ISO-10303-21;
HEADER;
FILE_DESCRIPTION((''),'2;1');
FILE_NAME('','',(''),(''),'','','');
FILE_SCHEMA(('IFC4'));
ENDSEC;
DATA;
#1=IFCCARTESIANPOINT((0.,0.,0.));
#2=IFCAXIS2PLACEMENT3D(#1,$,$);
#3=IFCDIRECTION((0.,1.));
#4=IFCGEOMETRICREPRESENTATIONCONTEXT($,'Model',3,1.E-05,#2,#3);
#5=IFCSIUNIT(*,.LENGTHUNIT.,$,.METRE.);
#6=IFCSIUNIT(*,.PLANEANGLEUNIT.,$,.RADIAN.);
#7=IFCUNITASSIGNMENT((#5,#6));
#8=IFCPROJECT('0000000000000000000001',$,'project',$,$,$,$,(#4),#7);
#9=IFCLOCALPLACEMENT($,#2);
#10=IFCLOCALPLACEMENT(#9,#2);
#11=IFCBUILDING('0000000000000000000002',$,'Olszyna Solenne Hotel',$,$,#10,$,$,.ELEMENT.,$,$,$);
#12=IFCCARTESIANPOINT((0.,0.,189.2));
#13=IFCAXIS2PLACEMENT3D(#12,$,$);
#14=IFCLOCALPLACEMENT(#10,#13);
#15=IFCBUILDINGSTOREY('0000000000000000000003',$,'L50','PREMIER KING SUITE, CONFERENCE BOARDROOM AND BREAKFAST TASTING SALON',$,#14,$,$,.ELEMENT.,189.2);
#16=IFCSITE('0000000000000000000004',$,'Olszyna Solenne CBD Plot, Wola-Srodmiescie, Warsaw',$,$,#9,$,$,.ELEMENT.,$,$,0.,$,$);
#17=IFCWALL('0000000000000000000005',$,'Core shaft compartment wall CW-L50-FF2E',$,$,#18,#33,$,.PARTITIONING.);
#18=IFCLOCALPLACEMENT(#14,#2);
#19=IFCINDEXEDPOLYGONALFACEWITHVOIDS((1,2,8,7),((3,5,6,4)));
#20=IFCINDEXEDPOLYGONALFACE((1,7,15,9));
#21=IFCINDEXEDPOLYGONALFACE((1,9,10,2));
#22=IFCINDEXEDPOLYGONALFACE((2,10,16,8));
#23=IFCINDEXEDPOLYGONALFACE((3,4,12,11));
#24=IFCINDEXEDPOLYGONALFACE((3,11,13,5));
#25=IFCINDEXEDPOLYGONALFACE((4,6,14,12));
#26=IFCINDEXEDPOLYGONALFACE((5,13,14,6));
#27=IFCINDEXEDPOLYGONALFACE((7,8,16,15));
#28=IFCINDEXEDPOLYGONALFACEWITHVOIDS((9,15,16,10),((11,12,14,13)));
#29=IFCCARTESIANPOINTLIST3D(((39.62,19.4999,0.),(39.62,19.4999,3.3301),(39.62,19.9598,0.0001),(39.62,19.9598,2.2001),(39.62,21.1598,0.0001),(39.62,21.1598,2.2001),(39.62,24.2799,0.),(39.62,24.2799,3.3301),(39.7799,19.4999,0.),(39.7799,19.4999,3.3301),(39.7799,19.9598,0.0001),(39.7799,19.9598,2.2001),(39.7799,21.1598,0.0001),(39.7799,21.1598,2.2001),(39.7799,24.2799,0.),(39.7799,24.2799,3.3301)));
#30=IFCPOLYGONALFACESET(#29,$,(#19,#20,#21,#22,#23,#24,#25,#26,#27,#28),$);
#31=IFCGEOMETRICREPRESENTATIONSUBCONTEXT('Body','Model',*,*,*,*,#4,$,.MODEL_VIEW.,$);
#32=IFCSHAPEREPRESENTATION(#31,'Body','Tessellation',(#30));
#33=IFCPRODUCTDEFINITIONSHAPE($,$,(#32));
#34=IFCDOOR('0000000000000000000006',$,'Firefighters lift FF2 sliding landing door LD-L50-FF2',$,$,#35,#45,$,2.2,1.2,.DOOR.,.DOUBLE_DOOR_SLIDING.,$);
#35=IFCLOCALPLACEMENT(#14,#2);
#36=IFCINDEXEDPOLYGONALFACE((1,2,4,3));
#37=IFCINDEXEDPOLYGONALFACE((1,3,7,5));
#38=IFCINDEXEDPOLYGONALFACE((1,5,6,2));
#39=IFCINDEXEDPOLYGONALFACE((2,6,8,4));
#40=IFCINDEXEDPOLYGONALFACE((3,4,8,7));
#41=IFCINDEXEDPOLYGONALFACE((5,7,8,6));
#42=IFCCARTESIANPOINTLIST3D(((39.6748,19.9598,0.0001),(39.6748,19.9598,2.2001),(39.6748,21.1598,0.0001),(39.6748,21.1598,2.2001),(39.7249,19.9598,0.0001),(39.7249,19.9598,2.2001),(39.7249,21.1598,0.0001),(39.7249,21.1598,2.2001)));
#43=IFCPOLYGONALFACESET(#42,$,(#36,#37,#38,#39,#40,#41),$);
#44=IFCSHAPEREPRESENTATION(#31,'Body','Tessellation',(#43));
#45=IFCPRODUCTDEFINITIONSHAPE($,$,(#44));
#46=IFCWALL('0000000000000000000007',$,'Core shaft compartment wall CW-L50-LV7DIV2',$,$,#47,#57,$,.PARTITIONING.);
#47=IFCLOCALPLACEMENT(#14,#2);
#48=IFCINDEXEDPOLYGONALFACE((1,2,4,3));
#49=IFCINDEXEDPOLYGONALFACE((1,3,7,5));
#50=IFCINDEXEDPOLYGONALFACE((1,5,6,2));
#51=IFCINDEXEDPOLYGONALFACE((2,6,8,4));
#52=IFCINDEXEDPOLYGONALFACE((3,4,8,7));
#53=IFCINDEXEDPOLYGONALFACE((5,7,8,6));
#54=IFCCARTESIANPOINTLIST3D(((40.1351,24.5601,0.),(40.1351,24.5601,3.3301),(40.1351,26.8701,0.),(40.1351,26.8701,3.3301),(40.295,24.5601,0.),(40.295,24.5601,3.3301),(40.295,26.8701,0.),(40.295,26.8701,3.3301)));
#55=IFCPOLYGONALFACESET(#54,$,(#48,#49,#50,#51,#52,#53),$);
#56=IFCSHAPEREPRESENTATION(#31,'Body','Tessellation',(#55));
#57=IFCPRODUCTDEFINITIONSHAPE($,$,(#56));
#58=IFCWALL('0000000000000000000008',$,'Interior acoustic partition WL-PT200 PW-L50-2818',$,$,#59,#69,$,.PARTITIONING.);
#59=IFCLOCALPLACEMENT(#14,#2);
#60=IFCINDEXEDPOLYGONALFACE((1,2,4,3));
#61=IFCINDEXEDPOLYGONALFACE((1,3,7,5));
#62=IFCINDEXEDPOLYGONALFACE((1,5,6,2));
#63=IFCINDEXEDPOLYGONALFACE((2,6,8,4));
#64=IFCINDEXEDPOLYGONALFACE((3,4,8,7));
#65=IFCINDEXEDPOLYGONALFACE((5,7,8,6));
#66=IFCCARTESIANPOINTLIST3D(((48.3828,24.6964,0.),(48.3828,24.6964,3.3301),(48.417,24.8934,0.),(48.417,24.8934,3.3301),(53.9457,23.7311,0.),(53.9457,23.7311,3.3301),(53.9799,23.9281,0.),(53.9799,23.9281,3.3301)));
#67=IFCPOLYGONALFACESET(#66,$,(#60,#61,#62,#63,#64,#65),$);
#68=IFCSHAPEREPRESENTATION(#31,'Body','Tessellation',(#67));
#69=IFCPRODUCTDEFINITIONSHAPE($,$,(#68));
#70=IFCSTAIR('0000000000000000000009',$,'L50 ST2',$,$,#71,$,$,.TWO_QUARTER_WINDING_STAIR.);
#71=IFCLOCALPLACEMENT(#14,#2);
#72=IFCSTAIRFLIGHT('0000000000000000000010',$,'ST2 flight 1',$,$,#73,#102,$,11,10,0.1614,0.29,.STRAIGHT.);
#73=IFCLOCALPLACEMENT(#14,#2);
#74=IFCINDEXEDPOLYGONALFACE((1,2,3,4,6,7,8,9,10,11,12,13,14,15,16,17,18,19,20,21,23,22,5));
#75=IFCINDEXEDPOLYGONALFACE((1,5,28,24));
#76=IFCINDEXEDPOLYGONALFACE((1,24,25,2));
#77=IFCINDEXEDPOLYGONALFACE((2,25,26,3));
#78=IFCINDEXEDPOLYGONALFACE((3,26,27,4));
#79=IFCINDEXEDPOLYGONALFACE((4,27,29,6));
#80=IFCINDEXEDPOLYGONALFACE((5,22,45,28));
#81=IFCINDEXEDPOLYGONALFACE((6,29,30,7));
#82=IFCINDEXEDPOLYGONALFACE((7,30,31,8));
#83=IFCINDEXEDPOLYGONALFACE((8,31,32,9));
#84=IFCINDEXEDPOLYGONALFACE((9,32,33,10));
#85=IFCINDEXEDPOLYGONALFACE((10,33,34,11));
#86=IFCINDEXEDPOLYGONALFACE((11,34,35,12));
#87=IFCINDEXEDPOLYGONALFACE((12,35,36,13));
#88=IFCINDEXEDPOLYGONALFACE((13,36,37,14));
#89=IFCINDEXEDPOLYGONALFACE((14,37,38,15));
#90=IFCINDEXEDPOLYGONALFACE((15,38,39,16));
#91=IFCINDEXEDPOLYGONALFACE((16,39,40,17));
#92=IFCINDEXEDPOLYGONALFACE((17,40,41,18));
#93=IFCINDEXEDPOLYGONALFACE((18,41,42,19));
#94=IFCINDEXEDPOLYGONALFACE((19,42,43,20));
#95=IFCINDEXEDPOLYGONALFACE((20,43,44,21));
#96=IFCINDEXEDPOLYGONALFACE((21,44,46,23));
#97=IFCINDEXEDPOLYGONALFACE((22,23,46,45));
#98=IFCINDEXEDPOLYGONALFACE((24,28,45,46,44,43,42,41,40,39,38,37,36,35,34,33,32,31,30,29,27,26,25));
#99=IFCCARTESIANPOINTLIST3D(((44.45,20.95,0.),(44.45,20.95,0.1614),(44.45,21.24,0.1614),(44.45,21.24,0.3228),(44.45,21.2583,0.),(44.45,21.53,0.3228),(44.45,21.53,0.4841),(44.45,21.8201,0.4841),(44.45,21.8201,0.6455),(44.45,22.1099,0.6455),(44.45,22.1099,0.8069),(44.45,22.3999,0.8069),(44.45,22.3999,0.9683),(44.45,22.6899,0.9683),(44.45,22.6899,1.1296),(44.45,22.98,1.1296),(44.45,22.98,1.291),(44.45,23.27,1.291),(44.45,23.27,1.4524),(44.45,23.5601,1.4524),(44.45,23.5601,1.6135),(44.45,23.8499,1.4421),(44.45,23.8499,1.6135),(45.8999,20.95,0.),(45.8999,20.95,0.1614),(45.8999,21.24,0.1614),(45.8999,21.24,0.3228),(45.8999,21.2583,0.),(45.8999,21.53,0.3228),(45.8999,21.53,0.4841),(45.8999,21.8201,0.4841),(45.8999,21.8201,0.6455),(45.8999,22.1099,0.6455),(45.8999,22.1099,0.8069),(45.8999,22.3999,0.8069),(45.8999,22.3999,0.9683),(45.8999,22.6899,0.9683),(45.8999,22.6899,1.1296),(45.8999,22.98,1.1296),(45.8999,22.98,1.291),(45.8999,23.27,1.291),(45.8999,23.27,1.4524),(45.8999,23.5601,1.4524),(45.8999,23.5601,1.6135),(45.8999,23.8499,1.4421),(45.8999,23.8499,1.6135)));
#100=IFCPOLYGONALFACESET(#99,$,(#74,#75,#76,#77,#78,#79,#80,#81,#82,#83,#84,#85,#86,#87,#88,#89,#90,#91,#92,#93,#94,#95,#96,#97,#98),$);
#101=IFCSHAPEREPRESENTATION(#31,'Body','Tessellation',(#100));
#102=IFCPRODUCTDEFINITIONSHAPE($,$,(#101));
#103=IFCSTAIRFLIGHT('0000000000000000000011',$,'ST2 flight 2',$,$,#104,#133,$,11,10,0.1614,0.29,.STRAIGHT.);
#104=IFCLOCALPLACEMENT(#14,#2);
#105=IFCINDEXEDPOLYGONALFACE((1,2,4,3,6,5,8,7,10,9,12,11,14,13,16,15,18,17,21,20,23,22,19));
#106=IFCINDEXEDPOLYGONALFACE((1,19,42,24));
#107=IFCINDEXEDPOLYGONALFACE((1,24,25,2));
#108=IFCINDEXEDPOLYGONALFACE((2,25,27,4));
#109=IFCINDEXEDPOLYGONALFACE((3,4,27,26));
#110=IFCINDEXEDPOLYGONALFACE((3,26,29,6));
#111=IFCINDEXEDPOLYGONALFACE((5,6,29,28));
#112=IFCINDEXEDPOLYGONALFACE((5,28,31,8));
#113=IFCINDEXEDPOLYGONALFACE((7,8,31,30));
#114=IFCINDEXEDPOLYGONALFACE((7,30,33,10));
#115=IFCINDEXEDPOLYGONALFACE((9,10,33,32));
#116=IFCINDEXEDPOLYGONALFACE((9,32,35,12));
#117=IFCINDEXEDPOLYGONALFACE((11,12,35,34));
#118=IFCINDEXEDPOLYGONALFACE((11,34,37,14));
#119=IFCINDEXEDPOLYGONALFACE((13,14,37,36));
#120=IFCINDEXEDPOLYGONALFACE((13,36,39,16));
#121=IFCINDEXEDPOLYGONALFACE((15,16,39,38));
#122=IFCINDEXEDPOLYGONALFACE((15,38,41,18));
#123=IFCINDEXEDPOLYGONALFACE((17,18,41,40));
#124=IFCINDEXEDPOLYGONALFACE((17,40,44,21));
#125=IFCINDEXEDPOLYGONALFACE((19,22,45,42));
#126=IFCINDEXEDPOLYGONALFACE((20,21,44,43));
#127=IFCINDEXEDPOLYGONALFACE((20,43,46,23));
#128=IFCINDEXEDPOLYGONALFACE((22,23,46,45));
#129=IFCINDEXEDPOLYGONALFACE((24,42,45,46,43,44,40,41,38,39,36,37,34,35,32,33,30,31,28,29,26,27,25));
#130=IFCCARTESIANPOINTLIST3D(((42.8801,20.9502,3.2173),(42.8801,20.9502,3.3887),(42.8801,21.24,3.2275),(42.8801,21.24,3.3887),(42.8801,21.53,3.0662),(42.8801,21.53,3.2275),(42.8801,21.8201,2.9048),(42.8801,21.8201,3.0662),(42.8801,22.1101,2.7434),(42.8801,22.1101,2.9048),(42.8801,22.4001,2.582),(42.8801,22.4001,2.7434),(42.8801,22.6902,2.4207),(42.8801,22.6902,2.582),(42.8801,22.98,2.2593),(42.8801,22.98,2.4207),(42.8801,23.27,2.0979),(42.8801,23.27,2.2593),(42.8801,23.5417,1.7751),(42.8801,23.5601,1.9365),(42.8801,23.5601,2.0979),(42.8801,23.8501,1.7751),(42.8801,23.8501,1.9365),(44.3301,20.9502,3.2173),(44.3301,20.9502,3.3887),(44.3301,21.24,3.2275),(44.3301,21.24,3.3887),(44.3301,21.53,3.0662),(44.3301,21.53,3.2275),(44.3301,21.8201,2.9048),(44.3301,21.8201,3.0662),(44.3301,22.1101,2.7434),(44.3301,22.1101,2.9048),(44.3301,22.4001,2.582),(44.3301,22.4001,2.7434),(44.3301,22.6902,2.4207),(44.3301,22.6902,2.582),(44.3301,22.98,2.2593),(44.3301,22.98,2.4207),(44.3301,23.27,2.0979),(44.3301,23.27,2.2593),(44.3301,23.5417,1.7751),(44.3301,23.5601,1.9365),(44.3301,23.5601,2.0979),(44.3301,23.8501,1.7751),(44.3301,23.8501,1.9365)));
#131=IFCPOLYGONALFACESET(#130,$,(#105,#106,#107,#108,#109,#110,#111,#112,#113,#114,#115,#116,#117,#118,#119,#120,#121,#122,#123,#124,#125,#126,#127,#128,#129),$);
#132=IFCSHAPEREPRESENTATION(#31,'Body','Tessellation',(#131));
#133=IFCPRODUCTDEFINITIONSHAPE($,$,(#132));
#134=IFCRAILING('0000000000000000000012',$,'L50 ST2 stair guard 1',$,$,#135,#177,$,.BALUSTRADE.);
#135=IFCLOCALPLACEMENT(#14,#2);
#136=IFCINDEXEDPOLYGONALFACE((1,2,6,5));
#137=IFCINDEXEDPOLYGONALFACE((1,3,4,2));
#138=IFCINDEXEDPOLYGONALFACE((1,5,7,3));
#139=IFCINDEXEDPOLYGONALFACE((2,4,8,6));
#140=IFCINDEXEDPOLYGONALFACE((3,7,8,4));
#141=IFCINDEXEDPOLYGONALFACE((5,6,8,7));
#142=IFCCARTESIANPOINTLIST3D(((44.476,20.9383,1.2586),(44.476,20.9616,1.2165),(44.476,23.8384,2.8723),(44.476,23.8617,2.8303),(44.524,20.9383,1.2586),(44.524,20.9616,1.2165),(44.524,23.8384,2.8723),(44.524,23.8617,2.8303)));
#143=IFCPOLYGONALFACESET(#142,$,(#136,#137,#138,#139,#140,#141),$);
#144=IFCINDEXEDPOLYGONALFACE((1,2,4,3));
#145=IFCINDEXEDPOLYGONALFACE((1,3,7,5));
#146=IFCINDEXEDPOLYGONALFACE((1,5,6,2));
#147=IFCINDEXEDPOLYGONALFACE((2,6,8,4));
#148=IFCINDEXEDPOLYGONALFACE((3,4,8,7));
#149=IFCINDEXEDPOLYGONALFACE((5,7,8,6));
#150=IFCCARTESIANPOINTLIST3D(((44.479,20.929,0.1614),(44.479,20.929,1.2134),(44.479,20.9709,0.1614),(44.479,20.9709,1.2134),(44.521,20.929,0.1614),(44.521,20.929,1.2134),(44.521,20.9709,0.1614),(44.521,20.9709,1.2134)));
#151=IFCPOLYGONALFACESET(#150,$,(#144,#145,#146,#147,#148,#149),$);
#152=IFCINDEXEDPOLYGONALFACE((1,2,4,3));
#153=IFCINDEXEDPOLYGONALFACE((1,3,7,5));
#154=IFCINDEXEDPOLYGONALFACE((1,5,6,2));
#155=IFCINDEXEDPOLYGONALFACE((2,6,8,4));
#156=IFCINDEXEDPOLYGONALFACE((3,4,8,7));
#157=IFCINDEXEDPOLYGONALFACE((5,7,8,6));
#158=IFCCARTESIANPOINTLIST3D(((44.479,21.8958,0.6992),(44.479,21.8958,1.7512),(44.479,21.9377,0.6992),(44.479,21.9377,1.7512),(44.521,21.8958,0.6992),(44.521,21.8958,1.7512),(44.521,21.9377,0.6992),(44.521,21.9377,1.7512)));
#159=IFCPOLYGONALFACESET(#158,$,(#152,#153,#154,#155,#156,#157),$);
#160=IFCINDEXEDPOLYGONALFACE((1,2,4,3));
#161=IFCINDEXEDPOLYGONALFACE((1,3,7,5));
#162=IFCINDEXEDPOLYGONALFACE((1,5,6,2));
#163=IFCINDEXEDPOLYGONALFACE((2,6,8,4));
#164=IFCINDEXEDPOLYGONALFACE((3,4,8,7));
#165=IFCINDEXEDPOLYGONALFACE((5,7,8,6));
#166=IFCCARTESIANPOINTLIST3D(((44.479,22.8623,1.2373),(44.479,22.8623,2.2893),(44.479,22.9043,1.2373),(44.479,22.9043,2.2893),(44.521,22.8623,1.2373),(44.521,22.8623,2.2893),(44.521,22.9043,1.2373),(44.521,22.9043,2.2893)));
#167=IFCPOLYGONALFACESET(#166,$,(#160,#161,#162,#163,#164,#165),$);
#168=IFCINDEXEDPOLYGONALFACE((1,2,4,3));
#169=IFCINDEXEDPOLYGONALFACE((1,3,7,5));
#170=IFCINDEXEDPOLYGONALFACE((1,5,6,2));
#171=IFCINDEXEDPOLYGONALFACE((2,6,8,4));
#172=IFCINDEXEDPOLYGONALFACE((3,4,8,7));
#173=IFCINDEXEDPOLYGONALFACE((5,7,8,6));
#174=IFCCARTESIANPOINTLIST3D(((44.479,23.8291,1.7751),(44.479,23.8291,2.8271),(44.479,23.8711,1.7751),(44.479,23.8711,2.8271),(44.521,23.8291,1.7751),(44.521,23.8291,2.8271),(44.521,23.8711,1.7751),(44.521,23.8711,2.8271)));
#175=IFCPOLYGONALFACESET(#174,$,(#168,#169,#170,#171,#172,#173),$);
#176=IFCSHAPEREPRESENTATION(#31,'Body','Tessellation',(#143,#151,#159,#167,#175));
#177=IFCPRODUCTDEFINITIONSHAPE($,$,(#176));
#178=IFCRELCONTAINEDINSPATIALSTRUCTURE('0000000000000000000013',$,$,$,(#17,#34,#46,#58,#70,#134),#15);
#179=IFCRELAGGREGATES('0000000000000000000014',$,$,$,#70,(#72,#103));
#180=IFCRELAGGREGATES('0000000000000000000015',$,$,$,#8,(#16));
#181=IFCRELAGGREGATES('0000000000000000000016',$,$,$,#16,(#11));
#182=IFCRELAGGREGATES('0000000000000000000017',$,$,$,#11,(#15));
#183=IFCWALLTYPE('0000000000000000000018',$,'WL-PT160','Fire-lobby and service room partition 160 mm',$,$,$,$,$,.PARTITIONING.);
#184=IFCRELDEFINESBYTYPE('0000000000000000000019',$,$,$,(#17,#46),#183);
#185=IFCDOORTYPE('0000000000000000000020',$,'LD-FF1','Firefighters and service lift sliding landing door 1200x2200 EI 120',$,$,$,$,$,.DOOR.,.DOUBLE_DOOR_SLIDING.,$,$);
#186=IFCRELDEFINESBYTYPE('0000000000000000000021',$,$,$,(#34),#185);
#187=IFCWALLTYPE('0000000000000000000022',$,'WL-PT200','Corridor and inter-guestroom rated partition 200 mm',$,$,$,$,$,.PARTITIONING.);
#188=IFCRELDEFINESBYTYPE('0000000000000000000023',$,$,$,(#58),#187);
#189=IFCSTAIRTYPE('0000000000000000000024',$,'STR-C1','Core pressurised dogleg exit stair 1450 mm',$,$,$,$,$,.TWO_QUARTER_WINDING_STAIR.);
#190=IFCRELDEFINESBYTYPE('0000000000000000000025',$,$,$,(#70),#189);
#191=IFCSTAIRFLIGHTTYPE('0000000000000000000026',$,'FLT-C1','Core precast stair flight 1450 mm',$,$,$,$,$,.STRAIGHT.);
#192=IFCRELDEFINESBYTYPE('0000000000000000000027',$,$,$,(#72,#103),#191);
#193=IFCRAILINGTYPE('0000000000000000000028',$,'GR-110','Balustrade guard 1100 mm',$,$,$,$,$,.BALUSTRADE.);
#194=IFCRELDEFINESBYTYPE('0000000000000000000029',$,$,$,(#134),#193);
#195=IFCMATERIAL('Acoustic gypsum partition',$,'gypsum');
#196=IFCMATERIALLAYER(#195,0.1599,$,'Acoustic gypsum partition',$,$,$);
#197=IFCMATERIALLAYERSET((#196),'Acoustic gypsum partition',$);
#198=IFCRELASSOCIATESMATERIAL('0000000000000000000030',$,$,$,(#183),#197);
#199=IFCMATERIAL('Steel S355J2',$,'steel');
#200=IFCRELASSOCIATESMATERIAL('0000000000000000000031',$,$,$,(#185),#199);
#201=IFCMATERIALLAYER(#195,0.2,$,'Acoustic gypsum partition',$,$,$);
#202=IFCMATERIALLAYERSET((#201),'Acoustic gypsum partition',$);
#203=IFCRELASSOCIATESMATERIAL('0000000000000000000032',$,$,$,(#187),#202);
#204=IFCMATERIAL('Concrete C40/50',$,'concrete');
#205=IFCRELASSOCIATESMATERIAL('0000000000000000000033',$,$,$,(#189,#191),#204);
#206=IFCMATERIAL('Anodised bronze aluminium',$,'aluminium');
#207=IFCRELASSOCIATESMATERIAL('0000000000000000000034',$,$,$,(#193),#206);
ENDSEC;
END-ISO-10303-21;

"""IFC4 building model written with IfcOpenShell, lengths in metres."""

from ifc_helpers import new_model, si_unit, direction, frame, frame_2d, origin, origin_2d, place, context, subcontext, project, spatial, polyline, rectangle, outline, extrude, source, transform, mapped, material, layer, layer_set, type_object, type_shapes, element, fill, aggregate, save


model = new_model("IFC4")

# Units and contexts
model_context = context("Model", 3, precision=1e-05, world=origin(), true_north=direction((0.0, 1.0)))
body_context = subcontext(model_context, "Body", "Model", "MODEL_VIEW")
ifc_project = project(units=[si_unit("LENGTHUNIT", "METRE"), si_unit("PLANEANGLEUNIT", "RADIAN")], contexts=[model_context])

# Site, building, storey
site_placement = place(None, origin())
site = spatial("IfcSite", under=ifc_project, at=site_placement, Name="Olszyna Solenne CBD Plot, Wola-Srodmiescie, Warsaw", CompositionType="ELEMENT", RefElevation=0.0)
building_placement = place(site_placement, origin())
building = spatial("IfcBuilding", under=site, at=building_placement, Name="Olszyna Solenne Hotel", CompositionType="ELEMENT")
storey_placement = place(building_placement, frame((0.0, 0.0, 189.2)))
storey = spatial("IfcBuildingStorey", under=building, at=storey_placement, Name="L50", Description="PREMIER KING SUITE, CONFERENCE BOARDROOM AND BREAKFAST TASTING SALON", CompositionType="ELEMENT", Elevation=189.2)

# Shared definitions
ifc_material_1 = material(Name="Steel S355J2", Category="steel")

# Shared definitions
ifc_material_2 = material(Name="Anodised bronze aluminium", Category="aluminium")

# Shared definitions
ifc_material_3 = material(Name="Acoustic gypsum partition", Category="gypsum")

# Wall, opening, door
ifc_layer_1 = layer(ifc_material_3, 0.1599, Name="Acoustic gypsum partition")
ifc_layer_set_1 = layer_set([ifc_layer_1], Name="Acoustic gypsum partition")
wall_type_1 = type_object("IfcWallType", Name="WL-PT160", Description="Fire-lobby and service room partition 160 mm", PredefinedType="PARTITIONING", material=ifc_layer_set_1)
wall_1_placement = place(storey_placement, frame((39.7, 24.28, 0.0), z_axis=(0.0, 0.0, 1.0), x_axis=(0.0, -1.0, 0.0)))
wall_1 = element("IfcWall", 1, at=wall_1_placement, inside=storey, type_object=wall_type_1, Name="Core shaft compartment wall CW-L50-FF2E", PredefinedType="PARTITIONING", context=body_context, shape_type="SweptSolid", body=[
    extrude(rectangle(XDim=4.78, YDim=0.1599, at=frame_2d((2.3901, 0.0))), origin(), (0.0, 0.0, 1.0), 3.3301),
])
opening_1_placement = place(wall_1_placement, frame((3.1201, 0.0, 0.0)))
opening_1 = element("IfcOpeningElement", 2, at=opening_1_placement, cuts=wall_1, PredefinedType="OPENING", context=body_context, shape_type="SweptSolid", body=[
    extrude(rectangle(XDim=1.2, YDim=2.2, at=frame_2d((0.6001, 1.1001))), frame((0.0, 0.0898, 0.0), z_axis=(0.0, -1.0, 0.0), x_axis=(1.0, 0.0, 0.0)), (0.0, 0.0, 1.0), 0.1799),
])
door_type_1 = type_object("IfcDoorType", Name="LD-FF1", Description="Firefighters and service lift sliding landing door 1200x2200 EI 120", OperationType="DOUBLE_DOOR_SLIDING", PredefinedType="DOOR", material=ifc_material_1)
shared_shape_1 = source(origin(), body_context, "Body", "SweptSolid", [
    extrude(rectangle(XDim=1.2, YDim=2.2, at=frame_2d((0.6001, 1.1001))), frame((0.0, 0.0249, 0.0), z_axis=(0.0, -1.0, 0.0), x_axis=(1.0, 0.0, 0.0)), (0.0, 0.0, 1.0), 0.05),
])
type_shapes(door_type_1, [shared_shape_1])
door_1_placement = place(opening_1_placement, origin())
door_1 = element("IfcDoor", 3, at=door_1_placement, inside=storey, type_object=door_type_1, Name="Firefighters lift FF2 sliding landing door LD-L50-FF2", OperationType="DOUBLE_DOOR_SLIDING", OverallHeight=2.2, OverallWidth=1.2, PredefinedType="DOOR", context=body_context, shape_type="MappedRepresentation", body=[
    mapped(shared_shape_1, transform((0.0, 0.0, 0.0), x_axis=(1.0, 0.0, 0.0), y_axis=(0.0, 1.0, 0.0), z_axis=(0.0, 0.0, 1.0), scale=1.0)),
])
fill(opening_1, door_1)

# Walls
wall_2_placement = place(storey_placement, frame((40.2151, 24.5601, 0.0), z_axis=(0.0, 0.0, 1.0), x_axis=(0.0, 1.0, 0.0)))
element("IfcWall", 4, at=wall_2_placement, inside=storey, type_object=wall_type_1, Name="Core shaft compartment wall CW-L50-LV7DIV2", PredefinedType="PARTITIONING", context=body_context, shape_type="SweptSolid", body=[
    extrude(rectangle(XDim=2.3101, YDim=0.1599, at=frame_2d((1.155, 0.0))), origin(), (0.0, 0.0, 1.0), 3.3301),
])
ifc_layer_2 = layer(ifc_material_3, 0.2, Name="Acoustic gypsum partition")
ifc_layer_set_2 = layer_set([ifc_layer_2], Name="Acoustic gypsum partition")
wall_type_2 = type_object("IfcWallType", Name="WL-PT200", Description="Corridor and inter-guestroom rated partition 200 mm", PredefinedType="PARTITIONING", material=ifc_layer_set_2)
wall_3_placement = place(storey_placement, frame((48.3999, 24.7949, 0.0), z_axis=(0.0, 0.0, 1.0), x_axis=(0.985275, -0.17098, 0.0)))
element("IfcWall", 5, at=wall_3_placement, inside=storey, type_object=wall_type_2, Name="Interior acoustic partition WL-PT200 PW-L50-2818", PredefinedType="PARTITIONING", context=body_context, shape_type="SweptSolid", body=[
    extrude(rectangle(XDim=5.646, YDim=0.2, at=frame_2d((2.823, 0.0))), origin(), (0.0, 0.0, 1.0), 3.3301),
])

# Stair, stair flights
ifc_material_4 = material(Name="Concrete C40/50", Category="concrete")
stair_type = type_object("IfcStairType", Name="STR-C1", Description="Core pressurised dogleg exit stair 1450 mm", PredefinedType="TWO_QUARTER_WINDING_STAIR", material=ifc_material_4)
stair_placement = place(storey_placement, origin())
stair = element("IfcStair", 6, at=stair_placement, inside=storey, type_object=stair_type, Name="L50 ST2", PredefinedType="TWO_QUARTER_WINDING_STAIR")
stair_flight_type = type_object("IfcStairFlightType", Name="FLT-C1", Description="Core precast stair flight 1450 mm", PredefinedType="STRAIGHT", material=ifc_material_4)
stair_flight_1_placement = place(storey_placement, frame((45.175, 20.95, 0.0), z_axis=(0.0, 0.0, 1.0), x_axis=(0.0, 1.0, 0.0)))
stair_flight_1 = element("IfcStairFlight", 7, at=stair_flight_1_placement, type_object=stair_flight_type, Name="ST2 flight 1", NumberOfRisers=11, NumberOfTreads=10, PredefinedType="STRAIGHT", RiserHeight=0.1614, TreadLength=0.29, context=body_context, shape_type="SweptSolid", body=[
    extrude(outline(polyline([(0.0, 0.0), (0.0, 0.1614), (0.29, 0.1614), (0.29, 0.3228), (0.5801, 0.3228), (0.5801, 0.4841), (0.8701, 0.4841), (0.8701, 0.6455), (1.1599, 0.6455), (1.1599, 0.8069), (1.45, 0.8069), (1.45, 0.9683), (1.74, 0.9683), (1.74, 1.1296), (2.03, 1.1296), (2.03, 1.291), (2.3201, 1.291), (2.3201, 1.4524), (2.6101, 1.4524), (2.6101, 1.6135), (2.8999, 1.6135), (2.8999, 1.7749), (2.8999, 1.4421), (0.3083, 0.0), (0.0, 0.0)])), frame((0.0, 0.7251, 0.0), z_axis=(0.0, -1.0, 0.0), x_axis=(1.0, 0.0, 0.0)), (0.0, 0.0, 1.0), 1.45),
])
stair_flight_2_placement = place(storey_placement, frame((43.605, 23.8501, 1.7751), z_axis=(0.0, 0.0, 1.0), x_axis=(0.0, -1.0, 0.0)))
stair_flight_2 = element("IfcStairFlight", 8, at=stair_flight_2_placement, type_object=stair_flight_type, Name="ST2 flight 2", NumberOfRisers=11, NumberOfTreads=10, PredefinedType="STRAIGHT", RiserHeight=0.1614, TreadLength=0.29, context=body_context, shape_type="SweptSolid", body=[
    extrude(outline(polyline([(0.0, 0.0), (0.0, 0.1614), (0.29, 0.1614), (0.29, 0.3228), (0.5801, 0.3228), (0.5801, 0.4841), (0.8701, 0.4841), (0.8701, 0.6455), (1.1599, 0.6455), (1.1599, 0.8069), (1.45, 0.8069), (1.45, 0.9683), (1.74, 0.9683), (1.74, 1.1296), (2.03, 1.1296), (2.03, 1.291), (2.3201, 1.291), (2.3201, 1.4524), (2.6101, 1.4524), (2.6101, 1.6135), (2.8999, 1.6135), (2.8999, 1.7749), (2.8999, 1.4421), (0.3083, 0.0), (0.0, 0.0)])), frame((0.0, 0.7251, 0.0), z_axis=(0.0, -1.0, 0.0), x_axis=(1.0, 0.0, 0.0)), (0.0, 0.0, 1.0), 1.45),
])
aggregate(stair, [stair_flight_1, stair_flight_2])

# Railing
railing_type_1 = type_object("IfcRailingType", Name="GR-110", Description="Balustrade guard 1100 mm", PredefinedType="BALUSTRADE", material=ifc_material_2)
railing_1_placement = place(storey_placement, frame((44.5, 20.95, 0.1614)))
element("IfcRailing", 9, at=railing_1_placement, inside=storey, type_object=railing_type_1, Name="L50 ST2 stair guard 1", PredefinedType="BALUSTRADE", context=body_context, shape_type="SweptSolid", body=[
    extrude(rectangle(XDim=0.0481, YDim=0.0481, at=origin_2d()), frame((0.0, 0.0, 1.0762), z_axis=(0.0, 0.873827, 0.486236), x_axis=(-1.0, 0.0, 0.0)), (0.0, 0.0, 1.0), 3.3188),
    extrude(rectangle(XDim=0.042, YDim=0.042, at=origin_2d()), origin(), (0.0, 0.0, 1.0), 1.052),
    extrude(rectangle(XDim=0.042, YDim=0.042, at=origin_2d()), frame((0.0, 0.9668, 0.5378)), (0.0, 0.0, 1.0), 1.052),
    extrude(rectangle(XDim=0.042, YDim=0.042, at=origin_2d()), frame((0.0, 1.9333, 1.0759)), (0.0, 0.0, 1.0), 1.052),
    extrude(rectangle(XDim=0.042, YDim=0.042, at=origin_2d()), frame((0.0, 2.9001, 1.6138)), (0.0, 0.0, 1.0), 1.052),
])

save(model, "model.ifc")
